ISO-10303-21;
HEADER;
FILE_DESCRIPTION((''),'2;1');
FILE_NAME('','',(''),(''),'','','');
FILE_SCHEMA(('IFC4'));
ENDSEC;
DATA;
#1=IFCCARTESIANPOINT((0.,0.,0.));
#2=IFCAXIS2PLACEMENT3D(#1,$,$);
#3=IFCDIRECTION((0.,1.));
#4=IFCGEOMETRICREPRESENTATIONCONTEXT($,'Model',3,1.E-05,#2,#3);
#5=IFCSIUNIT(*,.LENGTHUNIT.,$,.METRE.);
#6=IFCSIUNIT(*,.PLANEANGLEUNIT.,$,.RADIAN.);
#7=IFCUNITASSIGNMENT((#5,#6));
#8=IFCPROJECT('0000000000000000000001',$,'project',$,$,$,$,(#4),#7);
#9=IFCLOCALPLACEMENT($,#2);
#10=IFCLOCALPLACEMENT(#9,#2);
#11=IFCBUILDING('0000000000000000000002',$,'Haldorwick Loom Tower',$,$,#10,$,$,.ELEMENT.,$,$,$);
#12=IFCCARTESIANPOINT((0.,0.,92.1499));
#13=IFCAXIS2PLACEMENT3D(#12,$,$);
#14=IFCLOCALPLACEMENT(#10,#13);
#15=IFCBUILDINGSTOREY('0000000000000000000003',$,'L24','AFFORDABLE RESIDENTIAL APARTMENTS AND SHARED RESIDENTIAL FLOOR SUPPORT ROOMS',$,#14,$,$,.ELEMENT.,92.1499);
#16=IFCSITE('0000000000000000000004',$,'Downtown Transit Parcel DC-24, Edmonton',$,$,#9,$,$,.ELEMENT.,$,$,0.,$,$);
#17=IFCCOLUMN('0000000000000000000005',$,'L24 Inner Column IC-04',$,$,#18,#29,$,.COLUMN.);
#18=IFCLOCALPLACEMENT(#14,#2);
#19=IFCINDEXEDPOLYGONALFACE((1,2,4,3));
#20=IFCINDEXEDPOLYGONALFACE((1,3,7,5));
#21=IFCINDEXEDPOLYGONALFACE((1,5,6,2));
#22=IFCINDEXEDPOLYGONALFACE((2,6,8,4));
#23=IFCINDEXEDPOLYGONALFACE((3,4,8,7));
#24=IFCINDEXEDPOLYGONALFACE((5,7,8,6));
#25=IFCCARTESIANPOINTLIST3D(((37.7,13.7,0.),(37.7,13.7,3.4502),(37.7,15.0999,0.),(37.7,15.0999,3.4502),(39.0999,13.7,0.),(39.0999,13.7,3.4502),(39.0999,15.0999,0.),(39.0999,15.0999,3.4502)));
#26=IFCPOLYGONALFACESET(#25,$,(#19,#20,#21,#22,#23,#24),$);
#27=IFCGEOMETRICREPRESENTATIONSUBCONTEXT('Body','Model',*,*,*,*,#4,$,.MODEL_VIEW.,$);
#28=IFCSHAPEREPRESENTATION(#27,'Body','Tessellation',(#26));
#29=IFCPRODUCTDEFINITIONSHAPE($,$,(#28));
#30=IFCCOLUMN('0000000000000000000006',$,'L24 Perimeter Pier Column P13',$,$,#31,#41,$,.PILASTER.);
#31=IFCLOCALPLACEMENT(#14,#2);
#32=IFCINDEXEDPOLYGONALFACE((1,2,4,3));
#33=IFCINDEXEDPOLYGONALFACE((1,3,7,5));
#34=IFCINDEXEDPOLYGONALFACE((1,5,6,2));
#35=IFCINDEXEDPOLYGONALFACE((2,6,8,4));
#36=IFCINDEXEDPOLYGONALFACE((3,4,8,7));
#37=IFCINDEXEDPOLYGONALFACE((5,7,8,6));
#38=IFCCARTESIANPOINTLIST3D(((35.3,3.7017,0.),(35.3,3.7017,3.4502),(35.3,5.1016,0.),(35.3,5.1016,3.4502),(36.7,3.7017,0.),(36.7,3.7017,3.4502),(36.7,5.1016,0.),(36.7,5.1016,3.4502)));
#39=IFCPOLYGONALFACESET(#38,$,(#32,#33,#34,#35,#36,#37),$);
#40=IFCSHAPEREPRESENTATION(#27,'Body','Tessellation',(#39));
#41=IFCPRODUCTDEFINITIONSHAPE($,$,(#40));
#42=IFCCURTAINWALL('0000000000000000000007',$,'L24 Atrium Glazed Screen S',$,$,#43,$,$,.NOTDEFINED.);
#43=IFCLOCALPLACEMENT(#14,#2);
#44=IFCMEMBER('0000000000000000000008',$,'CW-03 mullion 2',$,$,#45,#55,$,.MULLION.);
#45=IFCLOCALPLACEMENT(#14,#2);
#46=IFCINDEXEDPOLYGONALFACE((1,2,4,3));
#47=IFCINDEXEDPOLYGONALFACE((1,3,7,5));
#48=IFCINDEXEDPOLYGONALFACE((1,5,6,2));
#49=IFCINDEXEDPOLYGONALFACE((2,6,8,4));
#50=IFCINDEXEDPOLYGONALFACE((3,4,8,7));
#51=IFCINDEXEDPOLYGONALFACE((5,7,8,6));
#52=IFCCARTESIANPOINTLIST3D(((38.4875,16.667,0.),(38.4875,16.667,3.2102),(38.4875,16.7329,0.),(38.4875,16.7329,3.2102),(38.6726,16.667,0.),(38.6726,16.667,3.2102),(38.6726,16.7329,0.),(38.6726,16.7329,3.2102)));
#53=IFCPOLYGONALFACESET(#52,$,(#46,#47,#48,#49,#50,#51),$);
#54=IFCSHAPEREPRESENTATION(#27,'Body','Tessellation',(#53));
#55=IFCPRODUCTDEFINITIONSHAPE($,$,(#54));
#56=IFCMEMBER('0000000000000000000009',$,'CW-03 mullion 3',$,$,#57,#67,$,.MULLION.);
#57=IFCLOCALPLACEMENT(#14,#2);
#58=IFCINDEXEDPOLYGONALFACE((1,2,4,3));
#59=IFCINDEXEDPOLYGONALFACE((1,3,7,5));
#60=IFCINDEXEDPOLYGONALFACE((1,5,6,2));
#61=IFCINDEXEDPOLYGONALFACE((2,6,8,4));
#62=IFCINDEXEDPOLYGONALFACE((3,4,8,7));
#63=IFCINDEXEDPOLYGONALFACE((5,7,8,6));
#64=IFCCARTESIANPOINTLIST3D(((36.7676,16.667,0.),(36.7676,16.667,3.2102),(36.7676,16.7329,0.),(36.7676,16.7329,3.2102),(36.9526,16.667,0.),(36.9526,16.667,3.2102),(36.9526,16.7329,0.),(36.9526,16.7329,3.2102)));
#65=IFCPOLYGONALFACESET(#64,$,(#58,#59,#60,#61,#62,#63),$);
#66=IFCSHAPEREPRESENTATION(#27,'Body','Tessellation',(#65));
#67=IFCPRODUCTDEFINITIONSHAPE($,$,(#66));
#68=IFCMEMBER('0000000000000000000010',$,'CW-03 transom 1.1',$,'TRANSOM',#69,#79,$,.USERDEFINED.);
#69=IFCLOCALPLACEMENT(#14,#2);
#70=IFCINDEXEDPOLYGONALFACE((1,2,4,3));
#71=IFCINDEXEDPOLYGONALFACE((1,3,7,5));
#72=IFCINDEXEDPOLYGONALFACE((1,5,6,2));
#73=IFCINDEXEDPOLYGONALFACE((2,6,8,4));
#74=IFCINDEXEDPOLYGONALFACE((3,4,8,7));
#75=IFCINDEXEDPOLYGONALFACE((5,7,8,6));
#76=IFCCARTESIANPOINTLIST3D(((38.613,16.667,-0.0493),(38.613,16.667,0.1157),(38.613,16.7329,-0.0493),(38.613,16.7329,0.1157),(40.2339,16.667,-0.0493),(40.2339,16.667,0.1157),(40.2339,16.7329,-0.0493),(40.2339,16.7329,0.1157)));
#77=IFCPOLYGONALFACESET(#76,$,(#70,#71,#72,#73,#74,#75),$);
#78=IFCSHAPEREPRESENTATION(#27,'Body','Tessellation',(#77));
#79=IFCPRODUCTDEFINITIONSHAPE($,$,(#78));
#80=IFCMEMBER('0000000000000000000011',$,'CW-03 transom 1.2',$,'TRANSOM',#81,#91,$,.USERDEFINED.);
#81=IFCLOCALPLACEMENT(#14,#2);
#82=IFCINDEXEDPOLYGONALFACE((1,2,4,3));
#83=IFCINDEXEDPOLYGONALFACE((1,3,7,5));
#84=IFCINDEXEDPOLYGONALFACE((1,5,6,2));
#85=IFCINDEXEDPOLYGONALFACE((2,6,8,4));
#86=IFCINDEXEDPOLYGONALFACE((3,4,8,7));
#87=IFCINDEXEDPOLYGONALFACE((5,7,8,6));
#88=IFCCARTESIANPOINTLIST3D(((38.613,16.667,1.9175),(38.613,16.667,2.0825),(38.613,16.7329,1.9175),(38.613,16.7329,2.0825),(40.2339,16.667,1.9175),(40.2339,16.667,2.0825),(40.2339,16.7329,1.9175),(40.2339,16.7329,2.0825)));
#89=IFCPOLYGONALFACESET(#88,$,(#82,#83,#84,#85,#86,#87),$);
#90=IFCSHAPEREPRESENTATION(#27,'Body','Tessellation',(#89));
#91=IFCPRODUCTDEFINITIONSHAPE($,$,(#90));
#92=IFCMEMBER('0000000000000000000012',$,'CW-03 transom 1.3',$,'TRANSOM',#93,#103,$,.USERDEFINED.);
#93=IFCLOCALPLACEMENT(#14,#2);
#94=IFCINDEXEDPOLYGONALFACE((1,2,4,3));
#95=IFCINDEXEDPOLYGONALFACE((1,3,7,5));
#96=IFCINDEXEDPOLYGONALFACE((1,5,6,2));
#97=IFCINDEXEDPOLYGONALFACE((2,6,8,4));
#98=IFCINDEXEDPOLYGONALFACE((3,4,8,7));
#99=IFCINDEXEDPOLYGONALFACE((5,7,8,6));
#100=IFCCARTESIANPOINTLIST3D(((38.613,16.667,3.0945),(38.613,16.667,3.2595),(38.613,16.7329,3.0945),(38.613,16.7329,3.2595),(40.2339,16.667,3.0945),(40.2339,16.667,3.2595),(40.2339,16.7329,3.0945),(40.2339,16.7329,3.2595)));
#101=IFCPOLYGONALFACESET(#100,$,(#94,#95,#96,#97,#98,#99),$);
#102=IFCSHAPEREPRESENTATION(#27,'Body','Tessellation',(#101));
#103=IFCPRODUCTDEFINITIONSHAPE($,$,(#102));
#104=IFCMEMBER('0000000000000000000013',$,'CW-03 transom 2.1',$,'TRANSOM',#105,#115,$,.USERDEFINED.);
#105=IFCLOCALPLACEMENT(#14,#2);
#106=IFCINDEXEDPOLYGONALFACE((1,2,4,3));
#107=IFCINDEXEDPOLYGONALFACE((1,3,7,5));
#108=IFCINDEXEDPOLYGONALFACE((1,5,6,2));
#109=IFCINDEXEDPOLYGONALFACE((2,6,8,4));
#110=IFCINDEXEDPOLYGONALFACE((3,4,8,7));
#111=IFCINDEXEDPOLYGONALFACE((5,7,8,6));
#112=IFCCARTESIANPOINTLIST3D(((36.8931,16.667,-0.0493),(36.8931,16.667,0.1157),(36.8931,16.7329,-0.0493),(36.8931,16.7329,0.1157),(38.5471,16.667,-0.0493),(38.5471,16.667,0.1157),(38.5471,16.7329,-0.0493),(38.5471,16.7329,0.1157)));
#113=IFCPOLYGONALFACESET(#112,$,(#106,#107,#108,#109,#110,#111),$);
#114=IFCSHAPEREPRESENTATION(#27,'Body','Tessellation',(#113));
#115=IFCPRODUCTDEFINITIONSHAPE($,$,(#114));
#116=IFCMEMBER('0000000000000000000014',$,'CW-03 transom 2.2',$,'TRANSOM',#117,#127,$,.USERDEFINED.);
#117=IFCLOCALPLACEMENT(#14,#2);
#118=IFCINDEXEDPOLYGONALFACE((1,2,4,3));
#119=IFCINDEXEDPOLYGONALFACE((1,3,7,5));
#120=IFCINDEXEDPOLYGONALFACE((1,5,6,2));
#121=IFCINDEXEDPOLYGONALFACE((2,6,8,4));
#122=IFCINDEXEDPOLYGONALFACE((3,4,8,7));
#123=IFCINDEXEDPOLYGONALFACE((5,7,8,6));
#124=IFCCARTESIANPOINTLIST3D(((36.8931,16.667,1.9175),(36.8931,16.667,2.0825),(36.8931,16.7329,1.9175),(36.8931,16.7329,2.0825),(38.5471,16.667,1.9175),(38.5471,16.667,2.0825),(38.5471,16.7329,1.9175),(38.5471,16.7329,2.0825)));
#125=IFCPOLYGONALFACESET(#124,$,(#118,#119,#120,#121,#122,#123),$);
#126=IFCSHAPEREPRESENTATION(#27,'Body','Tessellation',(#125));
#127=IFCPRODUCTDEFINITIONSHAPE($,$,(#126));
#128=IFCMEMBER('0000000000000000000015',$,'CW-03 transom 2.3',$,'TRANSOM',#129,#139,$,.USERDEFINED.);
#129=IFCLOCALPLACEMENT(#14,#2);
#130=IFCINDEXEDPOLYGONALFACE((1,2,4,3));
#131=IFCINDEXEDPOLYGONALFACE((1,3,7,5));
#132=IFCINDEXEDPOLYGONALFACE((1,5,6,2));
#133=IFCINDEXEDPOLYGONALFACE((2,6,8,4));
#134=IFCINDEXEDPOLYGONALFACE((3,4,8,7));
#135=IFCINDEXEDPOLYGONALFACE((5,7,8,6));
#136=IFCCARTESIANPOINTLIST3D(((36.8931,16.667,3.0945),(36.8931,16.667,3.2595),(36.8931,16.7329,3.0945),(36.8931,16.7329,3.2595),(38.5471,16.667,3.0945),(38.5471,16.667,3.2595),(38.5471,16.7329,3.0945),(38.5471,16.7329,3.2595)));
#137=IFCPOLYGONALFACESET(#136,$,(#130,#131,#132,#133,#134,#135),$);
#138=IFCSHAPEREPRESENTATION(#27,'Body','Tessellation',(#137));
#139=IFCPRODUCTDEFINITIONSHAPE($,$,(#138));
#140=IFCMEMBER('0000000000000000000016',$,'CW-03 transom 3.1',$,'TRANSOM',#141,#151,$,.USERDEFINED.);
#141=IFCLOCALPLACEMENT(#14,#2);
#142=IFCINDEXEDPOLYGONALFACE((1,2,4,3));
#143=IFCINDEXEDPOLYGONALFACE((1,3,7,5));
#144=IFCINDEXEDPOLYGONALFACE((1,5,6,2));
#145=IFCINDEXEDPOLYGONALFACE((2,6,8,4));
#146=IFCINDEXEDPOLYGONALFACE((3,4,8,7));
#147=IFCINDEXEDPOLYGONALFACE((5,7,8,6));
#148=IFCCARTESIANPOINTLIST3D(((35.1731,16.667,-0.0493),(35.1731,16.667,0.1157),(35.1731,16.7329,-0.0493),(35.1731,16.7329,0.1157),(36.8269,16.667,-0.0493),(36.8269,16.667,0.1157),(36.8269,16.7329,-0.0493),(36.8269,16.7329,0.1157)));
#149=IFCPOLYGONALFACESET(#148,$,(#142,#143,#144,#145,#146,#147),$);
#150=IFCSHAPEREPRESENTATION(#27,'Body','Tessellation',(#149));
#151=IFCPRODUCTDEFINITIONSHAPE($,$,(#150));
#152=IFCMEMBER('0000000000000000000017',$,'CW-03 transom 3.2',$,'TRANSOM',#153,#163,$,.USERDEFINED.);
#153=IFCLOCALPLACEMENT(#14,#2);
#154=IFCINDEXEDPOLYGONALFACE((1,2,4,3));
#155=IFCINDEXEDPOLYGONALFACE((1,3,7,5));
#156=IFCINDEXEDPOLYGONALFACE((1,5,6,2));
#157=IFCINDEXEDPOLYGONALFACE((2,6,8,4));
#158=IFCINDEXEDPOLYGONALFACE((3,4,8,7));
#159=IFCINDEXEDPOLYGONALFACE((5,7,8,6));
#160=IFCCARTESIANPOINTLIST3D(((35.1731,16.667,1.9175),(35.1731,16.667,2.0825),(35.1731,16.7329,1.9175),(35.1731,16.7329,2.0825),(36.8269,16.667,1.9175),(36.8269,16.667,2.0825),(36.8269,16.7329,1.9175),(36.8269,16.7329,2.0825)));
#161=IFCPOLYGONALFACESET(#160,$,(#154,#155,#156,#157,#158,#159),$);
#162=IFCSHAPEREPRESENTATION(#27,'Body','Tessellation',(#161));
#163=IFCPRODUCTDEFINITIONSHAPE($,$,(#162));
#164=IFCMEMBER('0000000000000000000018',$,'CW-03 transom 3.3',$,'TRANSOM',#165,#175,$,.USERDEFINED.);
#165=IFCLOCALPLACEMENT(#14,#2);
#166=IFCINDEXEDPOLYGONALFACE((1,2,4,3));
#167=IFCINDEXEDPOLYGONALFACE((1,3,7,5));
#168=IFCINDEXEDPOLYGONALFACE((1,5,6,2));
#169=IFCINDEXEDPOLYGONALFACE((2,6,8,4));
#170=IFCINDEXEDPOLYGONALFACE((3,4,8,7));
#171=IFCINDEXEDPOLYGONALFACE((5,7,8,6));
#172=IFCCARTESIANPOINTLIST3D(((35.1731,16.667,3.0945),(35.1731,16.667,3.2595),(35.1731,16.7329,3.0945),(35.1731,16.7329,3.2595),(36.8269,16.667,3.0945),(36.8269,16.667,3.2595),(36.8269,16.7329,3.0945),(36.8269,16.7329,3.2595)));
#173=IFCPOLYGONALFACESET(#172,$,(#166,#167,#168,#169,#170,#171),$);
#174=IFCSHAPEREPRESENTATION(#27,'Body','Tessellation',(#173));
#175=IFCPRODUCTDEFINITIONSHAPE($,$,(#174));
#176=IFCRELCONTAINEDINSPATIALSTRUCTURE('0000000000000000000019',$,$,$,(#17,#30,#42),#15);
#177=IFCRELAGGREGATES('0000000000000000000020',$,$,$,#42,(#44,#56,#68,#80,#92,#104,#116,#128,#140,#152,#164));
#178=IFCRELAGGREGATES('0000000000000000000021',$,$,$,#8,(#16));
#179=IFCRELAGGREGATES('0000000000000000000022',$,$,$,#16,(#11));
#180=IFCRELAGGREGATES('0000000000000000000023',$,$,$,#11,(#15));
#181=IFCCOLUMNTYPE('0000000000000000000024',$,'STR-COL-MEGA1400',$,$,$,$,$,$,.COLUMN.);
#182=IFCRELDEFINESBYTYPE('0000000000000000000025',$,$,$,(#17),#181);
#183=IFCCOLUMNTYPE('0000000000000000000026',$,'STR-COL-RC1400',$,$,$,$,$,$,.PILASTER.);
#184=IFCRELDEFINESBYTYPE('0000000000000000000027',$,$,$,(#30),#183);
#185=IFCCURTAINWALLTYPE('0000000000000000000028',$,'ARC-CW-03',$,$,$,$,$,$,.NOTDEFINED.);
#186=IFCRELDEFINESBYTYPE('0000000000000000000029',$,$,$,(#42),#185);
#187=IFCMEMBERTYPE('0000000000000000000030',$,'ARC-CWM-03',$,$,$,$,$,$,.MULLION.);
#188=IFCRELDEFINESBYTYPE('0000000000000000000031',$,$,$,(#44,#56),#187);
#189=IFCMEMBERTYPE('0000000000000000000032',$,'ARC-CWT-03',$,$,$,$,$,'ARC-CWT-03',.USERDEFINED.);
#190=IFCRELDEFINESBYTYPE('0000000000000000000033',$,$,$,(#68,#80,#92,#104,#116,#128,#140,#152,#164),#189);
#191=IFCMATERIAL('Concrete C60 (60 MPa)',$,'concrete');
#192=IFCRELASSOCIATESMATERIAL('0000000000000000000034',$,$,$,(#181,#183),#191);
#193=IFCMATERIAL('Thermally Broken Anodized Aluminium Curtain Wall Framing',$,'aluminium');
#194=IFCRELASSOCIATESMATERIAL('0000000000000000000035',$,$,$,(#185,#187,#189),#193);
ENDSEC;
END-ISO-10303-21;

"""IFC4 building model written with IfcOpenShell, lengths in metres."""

from ifc_helpers import new_model, si_unit, direction, frame, origin, origin_2d, place, context, subcontext, project, spatial, rectangle, extrude, material, material_profile, profile_set, type_object, element, aggregate, save


model = new_model("IFC4")

# Units and contexts
model_context = context("Model", 3, precision=1e-05, world=origin(), true_north=direction((0.0, 1.0)))
body_context = subcontext(model_context, "Body", "Model", "MODEL_VIEW")
ifc_project = project(units=[si_unit("LENGTHUNIT", "METRE"), si_unit("PLANEANGLEUNIT", "RADIAN")], contexts=[model_context])

# Site, building, storey
site_placement = place(None, origin())
site = spatial("IfcSite", under=ifc_project, at=site_placement, Name="Downtown Transit Parcel DC-24, Edmonton", CompositionType="ELEMENT", RefElevation=0.0)
building_placement = place(site_placement, origin())
building = spatial("IfcBuilding", under=site, at=building_placement, Name="Haldorwick Loom Tower", CompositionType="ELEMENT")
storey_placement = place(building_placement, frame((0.0, 0.0, 92.1499)))
storey = spatial("IfcBuildingStorey", under=building, at=storey_placement, Name="L24", Description="AFFORDABLE RESIDENTIAL APARTMENTS AND SHARED RESIDENTIAL FLOOR SUPPORT ROOMS", CompositionType="ELEMENT", Elevation=92.1499)

# Columns
ifc_material_1 = material(Name="Concrete C60 (60 MPa)", Category="concrete")
ifc_material_profile_1 = material_profile(ifc_material_1, rectangle(XDim=1.3999, YDim=1.3999, at=origin_2d()), Name="RC1400X1400", Category="concrete")
ifc_profile_set_1 = profile_set([ifc_material_profile_1], Name="Concrete C60 (60 MPa)")
column_type_1 = type_object("IfcColumnType", Name="STR-COL-MEGA1400", PredefinedType="COLUMN", material=ifc_profile_set_1)
column_1_placement = place(storey_placement, frame((38.3999, 14.3999, 0.0), z_axis=(0.0, 0.0, 1.0), x_axis=(1.0, 0.0, 0.0)))
element("IfcColumn", 1, at=column_1_placement, inside=storey, type_object=column_type_1, Name="L24 Inner Column IC-04", PredefinedType="COLUMN", context=body_context, shape_type="SweptSolid", body=[
    extrude(rectangle(XDim=1.3999, YDim=1.3999, at=origin_2d()), origin(), (0.0, 0.0, 1.0), 3.4502),
])
ifc_material_profile_2 = material_profile(ifc_material_1, rectangle(XDim=1.3999, YDim=1.3999, at=origin_2d()), Name="RC1400X1400", Category="concrete")
ifc_profile_set_2 = profile_set([ifc_material_profile_2], Name="Concrete C60 (60 MPa)")
column_type_2 = type_object("IfcColumnType", Name="STR-COL-RC1400", PredefinedType="PILASTER", material=ifc_profile_set_2)
column_2_placement = place(storey_placement, frame((36.0, 4.4016, 0.0), z_axis=(0.0, 0.0, 1.0), x_axis=(0.0, -1.0, 0.0)))
element("IfcColumn", 2, at=column_2_placement, inside=storey, type_object=column_type_2, Name="L24 Perimeter Pier Column P13", PredefinedType="PILASTER", context=body_context, shape_type="SweptSolid", body=[
    extrude(rectangle(XDim=1.3999, YDim=1.3999, at=origin_2d()), origin(), (0.0, 0.0, 1.0), 3.4502),
])

# Curtain wall, members
ifc_material_2 = material(Name="Thermally Broken Anodized Aluminium Curtain Wall Framing", Category="aluminium")
curtain_wall_type = type_object("IfcCurtainWallType", Name="ARC-CW-03", PredefinedType="NOTDEFINED", material=ifc_material_2)
curtain_wall_placement = place(storey_placement, origin())
curtain_wall = element("IfcCurtainWall", 3, at=curtain_wall_placement, inside=storey, type_object=curtain_wall_type, Name="L24 Atrium Glazed Screen S", PredefinedType="NOTDEFINED")
ifc_material_profile_3 = material_profile(ifc_material_2, rectangle(XDim=0.0659, YDim=0.1851, at=origin_2d()), Name="ALU_MUL_66X185", Category="aluminium")
ifc_profile_set_3 = profile_set([ifc_material_profile_3], Name="Thermally Broken Anodized Aluminium Curtain Wall Framing")
member_type_1 = type_object("IfcMemberType", Name="ARC-CWM-03", PredefinedType="MULLION", material=ifc_profile_set_3)
member_1_placement = place(storey_placement, frame((38.5801, 16.7, 0.0), z_axis=(0.0, 0.0, 1.0), x_axis=(0.0, -1.0, 0.0)))
member_1 = element("IfcMember", 4, at=member_1_placement, type_object=member_type_1, Name="CW-03 mullion 2", PredefinedType="MULLION", context=body_context, shape_type="SweptSolid", body=[
    extrude(rectangle(XDim=0.0659, YDim=0.1851, at=origin_2d()), origin(), (0.0, 0.0, 1.0), 3.2102),
])
member_2_placement = place(storey_placement, frame((36.8601, 16.7, 0.0), z_axis=(0.0, 0.0, 1.0), x_axis=(0.0, -1.0, 0.0)))
member_2 = element("IfcMember", 5, at=member_2_placement, type_object=member_type_1, Name="CW-03 mullion 3", PredefinedType="MULLION", context=body_context, shape_type="SweptSolid", body=[
    extrude(rectangle(XDim=0.0659, YDim=0.1851, at=origin_2d()), origin(), (0.0, 0.0, 1.0), 3.2102),
])
ifc_material_profile_4 = material_profile(ifc_material_2, rectangle(XDim=0.0659, YDim=0.165, at=origin_2d()), Name="ALU_TRN_66X165", Category="aluminium")
ifc_profile_set_4 = profile_set([ifc_material_profile_4], Name="Thermally Broken Anodized Aluminium Curtain Wall Framing")
member_type_2 = type_object("IfcMemberType", Name="ARC-CWT-03", ElementType="ARC-CWT-03", PredefinedType="USERDEFINED", material=ifc_profile_set_4)
member_3_placement = place(storey_placement, frame((40.2339, 16.7, 0.0332), z_axis=(-1.0, 0.0, 0.0), x_axis=(0.0, -1.0, 0.0)))
member_3 = element("IfcMember", 6, at=member_3_placement, type_object=member_type_2, Name="CW-03 transom 1.1", ObjectType="TRANSOM", PredefinedType="USERDEFINED", context=body_context, shape_type="SweptSolid", body=[
    extrude(rectangle(XDim=0.0659, YDim=0.165, at=origin_2d()), origin(), (0.0, 0.0, 1.0), 1.6208),
])
member_4_placement = place(storey_placement, frame((40.2339, 16.7, 2.0), z_axis=(-1.0, 0.0, 0.0), x_axis=(0.0, -1.0, 0.0)))
member_4 = element("IfcMember", 7, at=member_4_placement, type_object=member_type_2, Name="CW-03 transom 1.2", ObjectType="TRANSOM", PredefinedType="USERDEFINED", context=body_context, shape_type="SweptSolid", body=[
    extrude(rectangle(XDim=0.0659, YDim=0.165, at=origin_2d()), origin(), (0.0, 0.0, 1.0), 1.6208),
])
member_5_placement = place(storey_placement, frame((40.2339, 16.7, 3.177), z_axis=(-1.0, 0.0, 0.0), x_axis=(0.0, -1.0, 0.0)))
member_5 = element("IfcMember", 8, at=member_5_placement, type_object=member_type_2, Name="CW-03 transom 1.3", ObjectType="TRANSOM", PredefinedType="USERDEFINED", context=body_context, shape_type="SweptSolid", body=[
    extrude(rectangle(XDim=0.0659, YDim=0.165, at=origin_2d()), origin(), (0.0, 0.0, 1.0), 1.6208),
])
member_6_placement = place(storey_placement, frame((38.5471, 16.7, 0.0332), z_axis=(-1.0, 0.0, 0.0), x_axis=(0.0, -1.0, 0.0)))
member_6 = element("IfcMember", 9, at=member_6_placement, type_object=member_type_2, Name="CW-03 transom 2.1", ObjectType="TRANSOM", PredefinedType="USERDEFINED", context=body_context, shape_type="SweptSolid", body=[
    extrude(rectangle(XDim=0.0659, YDim=0.165, at=origin_2d()), origin(), (0.0, 0.0, 1.0), 1.6541),
])
member_7_placement = place(storey_placement, frame((38.5471, 16.7, 2.0), z_axis=(-1.0, 0.0, 0.0), x_axis=(0.0, -1.0, 0.0)))
member_7 = element("IfcMember", 10, at=member_7_placement, type_object=member_type_2, Name="CW-03 transom 2.2", ObjectType="TRANSOM", PredefinedType="USERDEFINED", context=body_context, shape_type="SweptSolid", body=[
    extrude(rectangle(XDim=0.0659, YDim=0.165, at=origin_2d()), origin(), (0.0, 0.0, 1.0), 1.6541),
])
member_8_placement = place(storey_placement, frame((38.5471, 16.7, 3.177), z_axis=(-1.0, 0.0, 0.0), x_axis=(0.0, -1.0, 0.0)))
member_8 = element("IfcMember", 11, at=member_8_placement, type_object=member_type_2, Name="CW-03 transom 2.3", ObjectType="TRANSOM", PredefinedType="USERDEFINED", context=body_context, shape_type="SweptSolid", body=[
    extrude(rectangle(XDim=0.0659, YDim=0.165, at=origin_2d()), origin(), (0.0, 0.0, 1.0), 1.6541),
])
member_9_placement = place(storey_placement, frame((36.8269, 16.7, 0.0332), z_axis=(-1.0, 0.0, 0.0), x_axis=(0.0, -1.0, 0.0)))
member_9 = element("IfcMember", 12, at=member_9_placement, type_object=member_type_2, Name="CW-03 transom 3.1", ObjectType="TRANSOM", PredefinedType="USERDEFINED", context=body_context, shape_type="SweptSolid", body=[
    extrude(rectangle(XDim=0.0659, YDim=0.165, at=origin_2d()), origin(), (0.0, 0.0, 1.0), 1.6538),
])
member_10_placement = place(storey_placement, frame((36.8269, 16.7, 2.0), z_axis=(-1.0, 0.0, 0.0), x_axis=(0.0, -1.0, 0.0)))
member_10 = element("IfcMember", 13, at=member_10_placement, type_object=member_type_2, Name="CW-03 transom 3.2", ObjectType="TRANSOM", PredefinedType="USERDEFINED", context=body_context, shape_type="SweptSolid", body=[
    extrude(rectangle(XDim=0.0659, YDim=0.165, at=origin_2d()), origin(), (0.0, 0.0, 1.0), 1.6538),
])
member_11_placement = place(storey_placement, frame((36.8269, 16.7, 3.177), z_axis=(-1.0, 0.0, 0.0), x_axis=(0.0, -1.0, 0.0)))
member_11 = element("IfcMember", 14, at=member_11_placement, type_object=member_type_2, Name="CW-03 transom 3.3", ObjectType="TRANSOM", PredefinedType="USERDEFINED", context=body_context, shape_type="SweptSolid", body=[
    extrude(rectangle(XDim=0.0659, YDim=0.165, at=origin_2d()), origin(), (0.0, 0.0, 1.0), 1.6538),
])

aggregate(curtain_wall, [member_1, member_2, member_3, member_4, member_5, member_6, member_7, member_8, member_9, member_10, member_11])

save(model, "model.ifc")
